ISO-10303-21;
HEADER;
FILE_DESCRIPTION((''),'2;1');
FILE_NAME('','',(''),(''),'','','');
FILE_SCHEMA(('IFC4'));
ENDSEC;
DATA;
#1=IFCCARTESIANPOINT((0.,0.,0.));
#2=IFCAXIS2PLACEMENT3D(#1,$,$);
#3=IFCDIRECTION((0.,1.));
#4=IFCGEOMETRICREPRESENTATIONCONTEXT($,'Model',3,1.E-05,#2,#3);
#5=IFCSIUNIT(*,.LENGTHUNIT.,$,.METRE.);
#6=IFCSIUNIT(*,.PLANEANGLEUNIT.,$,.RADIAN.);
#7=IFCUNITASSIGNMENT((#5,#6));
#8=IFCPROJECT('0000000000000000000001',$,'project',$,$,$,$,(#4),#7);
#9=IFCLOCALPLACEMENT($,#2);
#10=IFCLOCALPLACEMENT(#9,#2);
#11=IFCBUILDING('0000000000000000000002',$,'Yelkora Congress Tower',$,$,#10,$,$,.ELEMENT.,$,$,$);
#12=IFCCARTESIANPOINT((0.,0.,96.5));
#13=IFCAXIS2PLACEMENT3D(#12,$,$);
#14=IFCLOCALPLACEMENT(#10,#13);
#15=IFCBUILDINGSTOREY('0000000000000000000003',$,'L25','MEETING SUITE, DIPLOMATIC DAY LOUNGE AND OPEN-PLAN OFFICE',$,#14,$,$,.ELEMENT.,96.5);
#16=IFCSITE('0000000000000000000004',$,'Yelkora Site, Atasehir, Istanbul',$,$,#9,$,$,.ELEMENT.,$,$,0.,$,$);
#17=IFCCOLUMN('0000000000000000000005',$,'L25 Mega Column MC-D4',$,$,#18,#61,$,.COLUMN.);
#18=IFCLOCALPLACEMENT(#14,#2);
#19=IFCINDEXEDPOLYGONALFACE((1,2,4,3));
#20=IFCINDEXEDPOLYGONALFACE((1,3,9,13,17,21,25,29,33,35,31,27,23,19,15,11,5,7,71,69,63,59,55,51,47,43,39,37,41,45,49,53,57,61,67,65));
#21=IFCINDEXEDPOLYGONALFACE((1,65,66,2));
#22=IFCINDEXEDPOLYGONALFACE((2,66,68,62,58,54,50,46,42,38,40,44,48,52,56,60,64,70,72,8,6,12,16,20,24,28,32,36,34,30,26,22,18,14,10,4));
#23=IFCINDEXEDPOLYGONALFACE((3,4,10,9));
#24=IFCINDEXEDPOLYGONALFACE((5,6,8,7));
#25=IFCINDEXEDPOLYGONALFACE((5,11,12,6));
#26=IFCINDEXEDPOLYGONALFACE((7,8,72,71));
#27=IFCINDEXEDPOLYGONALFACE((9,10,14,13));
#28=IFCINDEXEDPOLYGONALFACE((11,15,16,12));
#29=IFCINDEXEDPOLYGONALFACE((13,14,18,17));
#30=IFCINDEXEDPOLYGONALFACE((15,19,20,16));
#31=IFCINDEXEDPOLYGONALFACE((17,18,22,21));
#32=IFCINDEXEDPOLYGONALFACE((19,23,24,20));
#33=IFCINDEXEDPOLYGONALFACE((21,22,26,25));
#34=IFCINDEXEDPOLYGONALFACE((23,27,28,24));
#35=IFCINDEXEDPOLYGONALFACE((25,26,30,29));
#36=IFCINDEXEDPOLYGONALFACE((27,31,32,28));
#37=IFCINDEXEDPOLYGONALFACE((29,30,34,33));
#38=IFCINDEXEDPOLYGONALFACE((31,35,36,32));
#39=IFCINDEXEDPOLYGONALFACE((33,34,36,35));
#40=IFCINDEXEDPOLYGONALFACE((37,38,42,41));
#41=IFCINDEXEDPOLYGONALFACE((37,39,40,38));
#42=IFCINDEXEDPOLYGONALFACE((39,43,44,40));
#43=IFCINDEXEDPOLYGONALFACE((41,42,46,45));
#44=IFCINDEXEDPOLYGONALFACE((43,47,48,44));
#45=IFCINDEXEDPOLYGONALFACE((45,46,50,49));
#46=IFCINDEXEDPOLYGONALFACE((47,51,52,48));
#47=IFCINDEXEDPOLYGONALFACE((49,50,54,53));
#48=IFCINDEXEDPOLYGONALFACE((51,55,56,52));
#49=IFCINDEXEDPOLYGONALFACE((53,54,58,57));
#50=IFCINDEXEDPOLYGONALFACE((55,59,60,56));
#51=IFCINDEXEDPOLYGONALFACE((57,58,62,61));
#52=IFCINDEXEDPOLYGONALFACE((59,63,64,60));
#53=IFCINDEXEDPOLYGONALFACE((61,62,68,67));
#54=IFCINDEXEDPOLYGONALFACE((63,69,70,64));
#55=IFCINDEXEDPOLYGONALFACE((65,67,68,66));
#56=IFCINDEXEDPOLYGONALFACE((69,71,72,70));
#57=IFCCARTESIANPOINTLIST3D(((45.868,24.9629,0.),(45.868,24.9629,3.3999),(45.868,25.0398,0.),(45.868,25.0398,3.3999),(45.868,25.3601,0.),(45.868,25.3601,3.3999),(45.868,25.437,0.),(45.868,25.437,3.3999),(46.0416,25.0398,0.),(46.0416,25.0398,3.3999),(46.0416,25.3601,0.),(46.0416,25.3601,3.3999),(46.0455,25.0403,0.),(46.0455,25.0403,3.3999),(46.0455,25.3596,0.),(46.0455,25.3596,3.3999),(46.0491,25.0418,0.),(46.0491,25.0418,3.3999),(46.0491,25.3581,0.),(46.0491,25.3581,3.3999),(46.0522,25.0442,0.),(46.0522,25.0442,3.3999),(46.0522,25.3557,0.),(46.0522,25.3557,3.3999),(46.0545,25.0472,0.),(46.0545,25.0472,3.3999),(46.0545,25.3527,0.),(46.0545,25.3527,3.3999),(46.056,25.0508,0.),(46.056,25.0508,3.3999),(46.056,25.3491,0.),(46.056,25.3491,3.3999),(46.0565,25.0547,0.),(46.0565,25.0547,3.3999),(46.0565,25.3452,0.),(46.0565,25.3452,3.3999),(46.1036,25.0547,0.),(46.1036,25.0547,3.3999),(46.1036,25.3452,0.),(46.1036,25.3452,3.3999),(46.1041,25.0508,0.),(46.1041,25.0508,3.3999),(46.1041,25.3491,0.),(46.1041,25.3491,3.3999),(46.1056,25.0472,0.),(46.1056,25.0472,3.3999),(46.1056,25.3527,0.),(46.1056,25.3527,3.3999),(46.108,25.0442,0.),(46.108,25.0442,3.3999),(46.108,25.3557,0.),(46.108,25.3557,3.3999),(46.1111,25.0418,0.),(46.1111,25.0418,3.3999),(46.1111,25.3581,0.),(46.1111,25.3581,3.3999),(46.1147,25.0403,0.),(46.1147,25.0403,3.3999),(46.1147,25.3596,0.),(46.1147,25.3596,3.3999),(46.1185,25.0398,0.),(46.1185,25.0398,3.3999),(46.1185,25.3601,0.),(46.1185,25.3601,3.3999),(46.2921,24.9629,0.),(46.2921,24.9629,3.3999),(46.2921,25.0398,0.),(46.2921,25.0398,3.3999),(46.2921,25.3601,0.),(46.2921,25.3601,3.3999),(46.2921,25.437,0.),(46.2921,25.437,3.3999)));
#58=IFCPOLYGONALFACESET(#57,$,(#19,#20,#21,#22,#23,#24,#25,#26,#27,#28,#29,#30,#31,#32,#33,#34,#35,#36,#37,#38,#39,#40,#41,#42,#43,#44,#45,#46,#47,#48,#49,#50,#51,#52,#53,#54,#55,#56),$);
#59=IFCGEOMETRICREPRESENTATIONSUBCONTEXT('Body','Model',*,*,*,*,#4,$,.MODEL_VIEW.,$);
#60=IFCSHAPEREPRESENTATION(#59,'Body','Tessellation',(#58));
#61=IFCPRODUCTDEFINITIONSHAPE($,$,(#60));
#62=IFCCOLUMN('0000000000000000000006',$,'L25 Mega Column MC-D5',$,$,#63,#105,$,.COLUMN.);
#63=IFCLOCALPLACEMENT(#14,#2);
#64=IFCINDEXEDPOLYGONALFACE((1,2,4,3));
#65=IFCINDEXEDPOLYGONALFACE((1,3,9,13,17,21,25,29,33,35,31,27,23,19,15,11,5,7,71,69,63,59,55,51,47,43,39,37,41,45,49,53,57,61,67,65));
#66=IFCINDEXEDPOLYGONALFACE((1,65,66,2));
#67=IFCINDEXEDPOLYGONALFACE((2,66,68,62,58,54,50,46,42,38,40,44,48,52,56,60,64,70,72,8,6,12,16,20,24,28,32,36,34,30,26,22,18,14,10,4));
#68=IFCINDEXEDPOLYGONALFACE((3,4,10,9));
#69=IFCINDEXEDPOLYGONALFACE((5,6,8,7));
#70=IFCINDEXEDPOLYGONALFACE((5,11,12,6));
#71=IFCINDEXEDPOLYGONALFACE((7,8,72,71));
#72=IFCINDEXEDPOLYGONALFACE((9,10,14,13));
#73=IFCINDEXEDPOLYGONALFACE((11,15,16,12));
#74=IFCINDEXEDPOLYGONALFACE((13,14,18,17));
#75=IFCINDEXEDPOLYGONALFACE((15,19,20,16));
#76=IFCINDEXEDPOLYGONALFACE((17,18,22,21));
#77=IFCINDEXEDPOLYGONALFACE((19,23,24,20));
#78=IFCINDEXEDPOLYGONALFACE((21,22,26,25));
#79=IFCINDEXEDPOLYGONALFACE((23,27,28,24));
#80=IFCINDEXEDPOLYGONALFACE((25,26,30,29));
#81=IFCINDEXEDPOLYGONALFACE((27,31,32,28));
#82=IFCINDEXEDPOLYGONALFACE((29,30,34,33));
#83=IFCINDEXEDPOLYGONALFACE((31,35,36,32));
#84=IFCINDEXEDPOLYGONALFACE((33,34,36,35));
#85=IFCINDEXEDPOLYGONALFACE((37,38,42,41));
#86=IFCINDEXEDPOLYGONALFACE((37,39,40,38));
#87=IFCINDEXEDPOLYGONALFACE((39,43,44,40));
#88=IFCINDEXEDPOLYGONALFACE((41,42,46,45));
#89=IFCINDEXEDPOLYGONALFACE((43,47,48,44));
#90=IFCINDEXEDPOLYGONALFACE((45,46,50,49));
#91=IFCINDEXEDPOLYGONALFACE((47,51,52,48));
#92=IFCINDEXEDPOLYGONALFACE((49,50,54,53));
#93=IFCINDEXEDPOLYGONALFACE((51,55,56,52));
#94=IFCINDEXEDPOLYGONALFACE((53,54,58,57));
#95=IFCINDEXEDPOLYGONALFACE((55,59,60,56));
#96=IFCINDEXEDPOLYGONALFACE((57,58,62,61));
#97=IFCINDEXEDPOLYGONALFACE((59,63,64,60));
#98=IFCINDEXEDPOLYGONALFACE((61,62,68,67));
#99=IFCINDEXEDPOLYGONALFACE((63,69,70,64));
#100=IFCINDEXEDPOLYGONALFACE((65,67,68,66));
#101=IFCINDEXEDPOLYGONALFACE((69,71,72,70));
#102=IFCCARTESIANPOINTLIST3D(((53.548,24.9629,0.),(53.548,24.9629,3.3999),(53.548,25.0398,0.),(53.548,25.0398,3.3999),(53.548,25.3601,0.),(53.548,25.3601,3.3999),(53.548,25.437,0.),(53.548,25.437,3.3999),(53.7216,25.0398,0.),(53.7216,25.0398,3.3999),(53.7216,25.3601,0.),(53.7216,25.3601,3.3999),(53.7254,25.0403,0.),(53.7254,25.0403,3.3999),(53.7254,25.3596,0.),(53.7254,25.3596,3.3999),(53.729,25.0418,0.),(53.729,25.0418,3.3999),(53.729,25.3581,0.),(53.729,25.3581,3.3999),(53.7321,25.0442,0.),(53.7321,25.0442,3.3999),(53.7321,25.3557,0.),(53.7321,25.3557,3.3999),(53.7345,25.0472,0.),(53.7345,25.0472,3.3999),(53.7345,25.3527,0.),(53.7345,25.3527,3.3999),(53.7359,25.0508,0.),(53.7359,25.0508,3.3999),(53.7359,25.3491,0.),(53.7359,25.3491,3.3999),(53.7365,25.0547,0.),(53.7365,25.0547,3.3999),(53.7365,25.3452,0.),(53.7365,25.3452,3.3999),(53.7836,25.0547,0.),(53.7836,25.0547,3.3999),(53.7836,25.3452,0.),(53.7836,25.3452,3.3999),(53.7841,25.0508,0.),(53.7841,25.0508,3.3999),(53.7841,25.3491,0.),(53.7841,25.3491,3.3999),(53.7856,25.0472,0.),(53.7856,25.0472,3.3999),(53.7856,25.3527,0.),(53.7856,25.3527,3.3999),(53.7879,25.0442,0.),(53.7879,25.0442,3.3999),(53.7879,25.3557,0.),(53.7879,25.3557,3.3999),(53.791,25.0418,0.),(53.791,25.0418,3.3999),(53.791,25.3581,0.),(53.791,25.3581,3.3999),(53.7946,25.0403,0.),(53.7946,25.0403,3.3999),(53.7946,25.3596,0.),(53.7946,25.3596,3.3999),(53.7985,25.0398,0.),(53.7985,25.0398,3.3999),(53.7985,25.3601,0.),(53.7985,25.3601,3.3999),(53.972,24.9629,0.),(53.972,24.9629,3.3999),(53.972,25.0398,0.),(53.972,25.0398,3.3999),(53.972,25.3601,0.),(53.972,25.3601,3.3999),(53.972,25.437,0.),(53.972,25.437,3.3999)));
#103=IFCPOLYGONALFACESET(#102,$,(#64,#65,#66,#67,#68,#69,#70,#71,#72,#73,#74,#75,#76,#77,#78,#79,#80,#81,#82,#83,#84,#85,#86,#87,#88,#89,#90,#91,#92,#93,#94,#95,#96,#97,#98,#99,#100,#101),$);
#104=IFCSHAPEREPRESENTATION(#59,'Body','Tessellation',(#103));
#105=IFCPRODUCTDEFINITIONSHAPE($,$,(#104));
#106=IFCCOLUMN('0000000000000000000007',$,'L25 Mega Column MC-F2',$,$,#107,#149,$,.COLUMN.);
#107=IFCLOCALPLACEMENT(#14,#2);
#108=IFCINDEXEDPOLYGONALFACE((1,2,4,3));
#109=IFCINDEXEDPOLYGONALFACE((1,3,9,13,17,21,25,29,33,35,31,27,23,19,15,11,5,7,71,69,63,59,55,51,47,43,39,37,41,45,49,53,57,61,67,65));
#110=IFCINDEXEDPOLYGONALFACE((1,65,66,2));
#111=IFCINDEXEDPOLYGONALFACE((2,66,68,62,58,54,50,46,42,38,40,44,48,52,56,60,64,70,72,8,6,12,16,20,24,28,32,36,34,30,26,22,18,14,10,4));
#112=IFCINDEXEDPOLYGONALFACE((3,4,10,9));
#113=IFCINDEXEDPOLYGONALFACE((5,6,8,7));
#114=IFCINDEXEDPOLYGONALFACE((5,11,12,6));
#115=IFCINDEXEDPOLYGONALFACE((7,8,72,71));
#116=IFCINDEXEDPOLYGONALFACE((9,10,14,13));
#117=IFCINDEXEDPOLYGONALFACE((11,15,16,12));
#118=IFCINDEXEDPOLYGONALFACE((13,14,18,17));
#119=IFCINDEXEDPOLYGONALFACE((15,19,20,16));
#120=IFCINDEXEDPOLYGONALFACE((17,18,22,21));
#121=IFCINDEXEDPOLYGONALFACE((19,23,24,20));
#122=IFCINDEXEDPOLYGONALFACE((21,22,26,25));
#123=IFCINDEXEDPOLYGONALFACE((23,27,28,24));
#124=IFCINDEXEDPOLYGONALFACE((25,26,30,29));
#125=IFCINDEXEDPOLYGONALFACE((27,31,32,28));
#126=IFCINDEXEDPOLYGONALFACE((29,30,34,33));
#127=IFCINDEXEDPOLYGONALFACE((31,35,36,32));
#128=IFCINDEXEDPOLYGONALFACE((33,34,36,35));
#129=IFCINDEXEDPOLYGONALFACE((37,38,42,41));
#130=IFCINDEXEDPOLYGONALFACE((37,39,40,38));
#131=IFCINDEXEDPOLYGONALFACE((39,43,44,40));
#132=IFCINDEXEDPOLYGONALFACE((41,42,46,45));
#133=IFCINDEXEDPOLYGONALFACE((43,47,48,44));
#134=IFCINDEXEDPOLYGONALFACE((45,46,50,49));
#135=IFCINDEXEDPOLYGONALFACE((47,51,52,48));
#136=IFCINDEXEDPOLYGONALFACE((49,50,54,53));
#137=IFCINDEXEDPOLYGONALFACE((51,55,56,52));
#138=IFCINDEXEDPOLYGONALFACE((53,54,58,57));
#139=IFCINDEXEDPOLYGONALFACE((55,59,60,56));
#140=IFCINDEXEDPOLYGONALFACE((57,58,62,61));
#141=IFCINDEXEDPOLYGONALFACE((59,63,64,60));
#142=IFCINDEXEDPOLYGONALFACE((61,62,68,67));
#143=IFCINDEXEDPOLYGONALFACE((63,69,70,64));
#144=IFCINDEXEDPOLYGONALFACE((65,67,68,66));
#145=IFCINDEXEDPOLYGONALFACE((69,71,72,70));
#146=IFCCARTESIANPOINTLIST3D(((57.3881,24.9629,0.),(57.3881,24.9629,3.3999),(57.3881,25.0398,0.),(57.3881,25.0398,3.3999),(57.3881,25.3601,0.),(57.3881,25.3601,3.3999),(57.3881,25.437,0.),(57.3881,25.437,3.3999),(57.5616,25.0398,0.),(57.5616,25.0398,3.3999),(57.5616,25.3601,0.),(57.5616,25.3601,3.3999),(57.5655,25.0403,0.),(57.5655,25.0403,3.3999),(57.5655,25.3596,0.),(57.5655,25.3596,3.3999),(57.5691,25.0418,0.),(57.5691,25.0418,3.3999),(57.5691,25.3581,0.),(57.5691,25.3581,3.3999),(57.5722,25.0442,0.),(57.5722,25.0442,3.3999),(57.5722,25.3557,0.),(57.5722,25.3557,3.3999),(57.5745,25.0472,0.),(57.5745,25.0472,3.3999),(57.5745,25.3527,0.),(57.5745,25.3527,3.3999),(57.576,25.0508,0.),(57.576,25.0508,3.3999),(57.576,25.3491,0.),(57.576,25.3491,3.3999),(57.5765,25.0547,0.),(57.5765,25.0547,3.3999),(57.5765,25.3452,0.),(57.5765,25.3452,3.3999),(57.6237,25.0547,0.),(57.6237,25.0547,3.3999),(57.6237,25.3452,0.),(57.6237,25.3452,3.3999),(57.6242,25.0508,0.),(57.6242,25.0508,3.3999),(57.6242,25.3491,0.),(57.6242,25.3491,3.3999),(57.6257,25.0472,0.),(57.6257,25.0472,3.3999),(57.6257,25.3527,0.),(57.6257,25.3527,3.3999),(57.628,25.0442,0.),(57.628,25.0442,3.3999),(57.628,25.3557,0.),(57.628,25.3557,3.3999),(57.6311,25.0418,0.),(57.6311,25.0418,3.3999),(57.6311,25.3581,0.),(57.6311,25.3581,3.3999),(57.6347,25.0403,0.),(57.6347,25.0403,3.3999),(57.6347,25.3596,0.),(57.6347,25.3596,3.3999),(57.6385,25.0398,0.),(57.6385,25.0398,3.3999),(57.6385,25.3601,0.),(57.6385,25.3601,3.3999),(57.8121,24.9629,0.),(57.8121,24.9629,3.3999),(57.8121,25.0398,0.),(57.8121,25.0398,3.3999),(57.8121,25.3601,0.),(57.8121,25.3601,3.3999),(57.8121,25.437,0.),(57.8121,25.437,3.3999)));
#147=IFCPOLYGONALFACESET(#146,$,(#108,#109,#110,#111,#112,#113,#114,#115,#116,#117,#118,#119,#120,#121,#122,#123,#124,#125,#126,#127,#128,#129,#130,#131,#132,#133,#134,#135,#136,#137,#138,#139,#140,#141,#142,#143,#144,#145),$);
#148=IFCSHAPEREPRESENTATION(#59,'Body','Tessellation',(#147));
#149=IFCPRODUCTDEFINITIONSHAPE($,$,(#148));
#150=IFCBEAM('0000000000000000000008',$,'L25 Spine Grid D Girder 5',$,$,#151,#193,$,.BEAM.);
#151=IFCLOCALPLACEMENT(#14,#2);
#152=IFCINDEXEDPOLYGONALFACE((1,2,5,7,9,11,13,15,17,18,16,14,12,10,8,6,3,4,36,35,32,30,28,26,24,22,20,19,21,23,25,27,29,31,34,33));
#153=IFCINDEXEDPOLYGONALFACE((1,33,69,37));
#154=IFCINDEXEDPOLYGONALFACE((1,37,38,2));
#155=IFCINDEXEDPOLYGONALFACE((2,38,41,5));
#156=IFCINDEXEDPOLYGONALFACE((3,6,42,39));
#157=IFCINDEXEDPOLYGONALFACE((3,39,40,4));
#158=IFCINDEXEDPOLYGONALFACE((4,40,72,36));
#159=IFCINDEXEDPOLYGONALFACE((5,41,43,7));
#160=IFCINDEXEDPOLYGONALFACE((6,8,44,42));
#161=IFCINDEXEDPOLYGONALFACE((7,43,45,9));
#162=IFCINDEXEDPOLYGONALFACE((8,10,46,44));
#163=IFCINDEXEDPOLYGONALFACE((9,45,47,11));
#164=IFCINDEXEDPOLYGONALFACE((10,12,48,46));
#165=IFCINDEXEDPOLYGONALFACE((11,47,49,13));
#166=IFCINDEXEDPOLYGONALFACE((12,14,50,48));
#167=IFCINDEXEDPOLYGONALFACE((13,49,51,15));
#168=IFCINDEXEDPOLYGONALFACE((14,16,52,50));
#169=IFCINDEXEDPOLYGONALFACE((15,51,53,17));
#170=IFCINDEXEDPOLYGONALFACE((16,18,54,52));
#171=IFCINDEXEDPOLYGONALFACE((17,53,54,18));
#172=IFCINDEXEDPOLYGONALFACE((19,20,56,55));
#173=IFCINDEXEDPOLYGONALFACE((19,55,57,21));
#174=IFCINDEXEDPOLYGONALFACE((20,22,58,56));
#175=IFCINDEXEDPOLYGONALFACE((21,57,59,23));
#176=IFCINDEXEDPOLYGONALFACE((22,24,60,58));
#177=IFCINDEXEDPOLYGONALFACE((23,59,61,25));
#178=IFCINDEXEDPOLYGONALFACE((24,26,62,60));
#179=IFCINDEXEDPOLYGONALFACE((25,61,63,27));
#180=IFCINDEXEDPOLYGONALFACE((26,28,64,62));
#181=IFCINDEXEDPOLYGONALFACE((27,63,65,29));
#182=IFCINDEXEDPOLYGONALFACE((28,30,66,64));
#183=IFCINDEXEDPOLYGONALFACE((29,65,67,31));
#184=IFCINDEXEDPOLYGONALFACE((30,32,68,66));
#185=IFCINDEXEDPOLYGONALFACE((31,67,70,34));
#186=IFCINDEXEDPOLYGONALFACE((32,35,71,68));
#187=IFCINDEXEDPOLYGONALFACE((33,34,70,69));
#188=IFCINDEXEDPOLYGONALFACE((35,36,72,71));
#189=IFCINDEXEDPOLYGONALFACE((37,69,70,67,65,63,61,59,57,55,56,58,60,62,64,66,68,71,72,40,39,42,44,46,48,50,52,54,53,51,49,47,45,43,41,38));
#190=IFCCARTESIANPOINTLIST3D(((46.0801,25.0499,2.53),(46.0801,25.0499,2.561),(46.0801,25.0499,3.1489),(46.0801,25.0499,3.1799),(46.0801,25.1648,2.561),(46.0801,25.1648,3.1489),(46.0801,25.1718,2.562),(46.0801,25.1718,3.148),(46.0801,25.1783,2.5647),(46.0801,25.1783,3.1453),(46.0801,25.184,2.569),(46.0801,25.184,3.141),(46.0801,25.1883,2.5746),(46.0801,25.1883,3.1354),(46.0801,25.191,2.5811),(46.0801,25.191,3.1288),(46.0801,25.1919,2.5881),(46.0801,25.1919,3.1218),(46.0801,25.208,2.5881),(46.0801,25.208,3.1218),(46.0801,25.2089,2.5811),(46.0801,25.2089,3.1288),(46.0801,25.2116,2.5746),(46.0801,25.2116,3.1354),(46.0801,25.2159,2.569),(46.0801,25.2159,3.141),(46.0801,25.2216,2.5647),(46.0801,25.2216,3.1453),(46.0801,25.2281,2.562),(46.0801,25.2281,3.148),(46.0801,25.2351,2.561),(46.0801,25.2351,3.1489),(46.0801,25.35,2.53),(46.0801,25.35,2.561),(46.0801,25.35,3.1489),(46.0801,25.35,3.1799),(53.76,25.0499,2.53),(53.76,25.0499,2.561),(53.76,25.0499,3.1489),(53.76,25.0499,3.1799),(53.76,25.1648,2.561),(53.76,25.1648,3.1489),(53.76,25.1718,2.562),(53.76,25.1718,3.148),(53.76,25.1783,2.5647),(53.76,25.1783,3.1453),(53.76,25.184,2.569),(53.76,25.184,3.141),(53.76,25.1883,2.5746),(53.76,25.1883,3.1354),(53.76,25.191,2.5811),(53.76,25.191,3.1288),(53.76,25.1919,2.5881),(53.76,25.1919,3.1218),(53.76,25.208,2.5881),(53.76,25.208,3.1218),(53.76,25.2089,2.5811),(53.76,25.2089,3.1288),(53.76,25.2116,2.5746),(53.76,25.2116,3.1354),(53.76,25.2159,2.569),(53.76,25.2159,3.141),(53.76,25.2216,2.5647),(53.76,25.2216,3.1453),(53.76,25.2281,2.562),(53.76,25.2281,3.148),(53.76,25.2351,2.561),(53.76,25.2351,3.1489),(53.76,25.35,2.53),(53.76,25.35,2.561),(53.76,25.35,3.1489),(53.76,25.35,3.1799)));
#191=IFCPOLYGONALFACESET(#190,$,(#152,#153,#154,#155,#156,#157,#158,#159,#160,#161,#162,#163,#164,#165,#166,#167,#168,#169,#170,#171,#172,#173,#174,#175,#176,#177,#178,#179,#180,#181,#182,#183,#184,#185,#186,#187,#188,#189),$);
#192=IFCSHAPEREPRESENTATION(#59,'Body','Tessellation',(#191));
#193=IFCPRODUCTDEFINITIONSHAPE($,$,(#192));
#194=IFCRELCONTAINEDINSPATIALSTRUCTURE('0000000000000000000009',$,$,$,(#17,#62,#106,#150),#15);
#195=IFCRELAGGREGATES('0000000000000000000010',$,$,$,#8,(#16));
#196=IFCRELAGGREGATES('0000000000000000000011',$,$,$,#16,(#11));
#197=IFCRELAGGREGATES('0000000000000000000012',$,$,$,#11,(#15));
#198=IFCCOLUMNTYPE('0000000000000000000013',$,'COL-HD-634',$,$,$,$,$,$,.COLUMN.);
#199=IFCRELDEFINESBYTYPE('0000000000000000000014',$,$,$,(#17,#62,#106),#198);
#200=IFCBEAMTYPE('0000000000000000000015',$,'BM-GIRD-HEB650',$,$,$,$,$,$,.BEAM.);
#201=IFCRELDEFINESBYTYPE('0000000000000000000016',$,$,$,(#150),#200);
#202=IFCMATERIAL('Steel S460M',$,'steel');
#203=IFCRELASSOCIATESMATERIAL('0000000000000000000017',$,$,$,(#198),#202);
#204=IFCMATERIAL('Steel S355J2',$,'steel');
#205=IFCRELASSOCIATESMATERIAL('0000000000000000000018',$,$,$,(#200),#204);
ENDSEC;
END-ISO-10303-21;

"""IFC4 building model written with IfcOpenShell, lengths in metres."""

from ifc_helpers import new_model, si_unit, direction, frame, origin, origin_2d, place, context, subcontext, project, spatial, i_section, extrude, material, material_profile, profile_set, type_object, element, save


model = new_model("IFC4")

# Units and contexts
model_context = context("Model", 3, precision=1e-05, world=origin(), true_north=direction((0.0, 1.0)))
body_context = subcontext(model_context, "Body", "Model", "MODEL_VIEW")
ifc_project = project(units=[si_unit("LENGTHUNIT", "METRE"), si_unit("PLANEANGLEUNIT", "RADIAN")], contexts=[model_context])

# Site, building, storey
site_placement = place(None, origin())
site = spatial("IfcSite", under=ifc_project, at=site_placement, Name="Yelkora Site, Atasehir, Istanbul", CompositionType="ELEMENT", RefElevation=0.0)
building_placement = place(site_placement, origin())
building = spatial("IfcBuilding", under=site, at=building_placement, Name="Yelkora Congress Tower", CompositionType="ELEMENT")
storey_placement = place(building_placement, frame((0.0, 0.0, 96.5)))
storey = spatial("IfcBuildingStorey", under=building, at=storey_placement, Name="L25", Description="MEETING SUITE, DIPLOMATIC DAY LOUNGE AND OPEN-PLAN OFFICE", CompositionType="ELEMENT", Elevation=96.5)

# Columns
ifc_material_1 = material(Name="Steel S460M", Category="steel")
ifc_material_profile_1 = material_profile(ifc_material_1, i_section(OverallWidth=0.4241, OverallDepth=0.4741, WebThickness=0.0471, FlangeThickness=0.0769, FilletRadius=0.0149, at=origin_2d()), Name="HD 400x634")
ifc_profile_set_1 = profile_set([ifc_material_profile_1], Name="Steel S460M")
column_type = type_object("IfcColumnType", Name="COL-HD-634", PredefinedType="COLUMN", material=ifc_profile_set_1)
for number, where, z_axis, x_axis, name in (
    (1, (46.0801, 25.2, 0.0), (0.0, 0.0, 1.0), (1.0, 0.0, 0.0), "L25 Mega Column MC-D4"),
    (2, (53.76, 25.2, 0.0), (0.0, 0.0, 1.0), (1.0, 0.0, 0.0), "L25 Mega Column MC-D5"),
    (3, (57.6001, 25.2, 0.0), (0.0, 0.0, 1.0), (1.0, 0.0, 0.0), "L25 Mega Column MC-F2"),
):
    element("IfcColumn", number, at=place(storey_placement, frame(where, z_axis=z_axis, x_axis=x_axis)), inside=storey, type_object=column_type, Name=name, PredefinedType="COLUMN", context=body_context, shape_type="SweptSolid", body=[
        extrude(i_section(OverallWidth=0.4241, OverallDepth=0.4741, WebThickness=0.0471, FlangeThickness=0.0769, FilletRadius=0.0149, at=origin_2d()), origin(), (0.0, 0.0, 1.0), 3.3999),
    ])

# Beam
ifc_material_2 = material(Name="Steel S355J2", Category="steel")
ifc_material_profile_2 = material_profile(ifc_material_2, i_section(OverallWidth=0.3, OverallDepth=0.6499, WebThickness=0.0161, FlangeThickness=0.031, FilletRadius=0.0271, at=origin_2d()), Name="HEB 650")
ifc_profile_set_2 = profile_set([ifc_material_profile_2], Name="Steel S355J2")
beam_type_1 = type_object("IfcBeamType", Name="BM-GIRD-HEB650", PredefinedType="BEAM", material=ifc_profile_set_2)
beam_1_placement = place(storey_placement, frame((46.0801, 25.2, 2.855), z_axis=(1.0, 0.0, 0.0), x_axis=(0.0, 1.0, 0.0)))
element("IfcBeam", 4, at=beam_1_placement, inside=storey, type_object=beam_type_1, Name="L25 Spine Grid D Girder 5", PredefinedType="BEAM", context=body_context, shape_type="SweptSolid", body=[
    extrude(i_section(OverallWidth=0.3, OverallDepth=0.6499, WebThickness=0.0161, FlangeThickness=0.031, FilletRadius=0.0271, at=origin_2d()), origin(), (0.0, 0.0, 1.0), 7.6799),
])

save(model, "model.ifc")
